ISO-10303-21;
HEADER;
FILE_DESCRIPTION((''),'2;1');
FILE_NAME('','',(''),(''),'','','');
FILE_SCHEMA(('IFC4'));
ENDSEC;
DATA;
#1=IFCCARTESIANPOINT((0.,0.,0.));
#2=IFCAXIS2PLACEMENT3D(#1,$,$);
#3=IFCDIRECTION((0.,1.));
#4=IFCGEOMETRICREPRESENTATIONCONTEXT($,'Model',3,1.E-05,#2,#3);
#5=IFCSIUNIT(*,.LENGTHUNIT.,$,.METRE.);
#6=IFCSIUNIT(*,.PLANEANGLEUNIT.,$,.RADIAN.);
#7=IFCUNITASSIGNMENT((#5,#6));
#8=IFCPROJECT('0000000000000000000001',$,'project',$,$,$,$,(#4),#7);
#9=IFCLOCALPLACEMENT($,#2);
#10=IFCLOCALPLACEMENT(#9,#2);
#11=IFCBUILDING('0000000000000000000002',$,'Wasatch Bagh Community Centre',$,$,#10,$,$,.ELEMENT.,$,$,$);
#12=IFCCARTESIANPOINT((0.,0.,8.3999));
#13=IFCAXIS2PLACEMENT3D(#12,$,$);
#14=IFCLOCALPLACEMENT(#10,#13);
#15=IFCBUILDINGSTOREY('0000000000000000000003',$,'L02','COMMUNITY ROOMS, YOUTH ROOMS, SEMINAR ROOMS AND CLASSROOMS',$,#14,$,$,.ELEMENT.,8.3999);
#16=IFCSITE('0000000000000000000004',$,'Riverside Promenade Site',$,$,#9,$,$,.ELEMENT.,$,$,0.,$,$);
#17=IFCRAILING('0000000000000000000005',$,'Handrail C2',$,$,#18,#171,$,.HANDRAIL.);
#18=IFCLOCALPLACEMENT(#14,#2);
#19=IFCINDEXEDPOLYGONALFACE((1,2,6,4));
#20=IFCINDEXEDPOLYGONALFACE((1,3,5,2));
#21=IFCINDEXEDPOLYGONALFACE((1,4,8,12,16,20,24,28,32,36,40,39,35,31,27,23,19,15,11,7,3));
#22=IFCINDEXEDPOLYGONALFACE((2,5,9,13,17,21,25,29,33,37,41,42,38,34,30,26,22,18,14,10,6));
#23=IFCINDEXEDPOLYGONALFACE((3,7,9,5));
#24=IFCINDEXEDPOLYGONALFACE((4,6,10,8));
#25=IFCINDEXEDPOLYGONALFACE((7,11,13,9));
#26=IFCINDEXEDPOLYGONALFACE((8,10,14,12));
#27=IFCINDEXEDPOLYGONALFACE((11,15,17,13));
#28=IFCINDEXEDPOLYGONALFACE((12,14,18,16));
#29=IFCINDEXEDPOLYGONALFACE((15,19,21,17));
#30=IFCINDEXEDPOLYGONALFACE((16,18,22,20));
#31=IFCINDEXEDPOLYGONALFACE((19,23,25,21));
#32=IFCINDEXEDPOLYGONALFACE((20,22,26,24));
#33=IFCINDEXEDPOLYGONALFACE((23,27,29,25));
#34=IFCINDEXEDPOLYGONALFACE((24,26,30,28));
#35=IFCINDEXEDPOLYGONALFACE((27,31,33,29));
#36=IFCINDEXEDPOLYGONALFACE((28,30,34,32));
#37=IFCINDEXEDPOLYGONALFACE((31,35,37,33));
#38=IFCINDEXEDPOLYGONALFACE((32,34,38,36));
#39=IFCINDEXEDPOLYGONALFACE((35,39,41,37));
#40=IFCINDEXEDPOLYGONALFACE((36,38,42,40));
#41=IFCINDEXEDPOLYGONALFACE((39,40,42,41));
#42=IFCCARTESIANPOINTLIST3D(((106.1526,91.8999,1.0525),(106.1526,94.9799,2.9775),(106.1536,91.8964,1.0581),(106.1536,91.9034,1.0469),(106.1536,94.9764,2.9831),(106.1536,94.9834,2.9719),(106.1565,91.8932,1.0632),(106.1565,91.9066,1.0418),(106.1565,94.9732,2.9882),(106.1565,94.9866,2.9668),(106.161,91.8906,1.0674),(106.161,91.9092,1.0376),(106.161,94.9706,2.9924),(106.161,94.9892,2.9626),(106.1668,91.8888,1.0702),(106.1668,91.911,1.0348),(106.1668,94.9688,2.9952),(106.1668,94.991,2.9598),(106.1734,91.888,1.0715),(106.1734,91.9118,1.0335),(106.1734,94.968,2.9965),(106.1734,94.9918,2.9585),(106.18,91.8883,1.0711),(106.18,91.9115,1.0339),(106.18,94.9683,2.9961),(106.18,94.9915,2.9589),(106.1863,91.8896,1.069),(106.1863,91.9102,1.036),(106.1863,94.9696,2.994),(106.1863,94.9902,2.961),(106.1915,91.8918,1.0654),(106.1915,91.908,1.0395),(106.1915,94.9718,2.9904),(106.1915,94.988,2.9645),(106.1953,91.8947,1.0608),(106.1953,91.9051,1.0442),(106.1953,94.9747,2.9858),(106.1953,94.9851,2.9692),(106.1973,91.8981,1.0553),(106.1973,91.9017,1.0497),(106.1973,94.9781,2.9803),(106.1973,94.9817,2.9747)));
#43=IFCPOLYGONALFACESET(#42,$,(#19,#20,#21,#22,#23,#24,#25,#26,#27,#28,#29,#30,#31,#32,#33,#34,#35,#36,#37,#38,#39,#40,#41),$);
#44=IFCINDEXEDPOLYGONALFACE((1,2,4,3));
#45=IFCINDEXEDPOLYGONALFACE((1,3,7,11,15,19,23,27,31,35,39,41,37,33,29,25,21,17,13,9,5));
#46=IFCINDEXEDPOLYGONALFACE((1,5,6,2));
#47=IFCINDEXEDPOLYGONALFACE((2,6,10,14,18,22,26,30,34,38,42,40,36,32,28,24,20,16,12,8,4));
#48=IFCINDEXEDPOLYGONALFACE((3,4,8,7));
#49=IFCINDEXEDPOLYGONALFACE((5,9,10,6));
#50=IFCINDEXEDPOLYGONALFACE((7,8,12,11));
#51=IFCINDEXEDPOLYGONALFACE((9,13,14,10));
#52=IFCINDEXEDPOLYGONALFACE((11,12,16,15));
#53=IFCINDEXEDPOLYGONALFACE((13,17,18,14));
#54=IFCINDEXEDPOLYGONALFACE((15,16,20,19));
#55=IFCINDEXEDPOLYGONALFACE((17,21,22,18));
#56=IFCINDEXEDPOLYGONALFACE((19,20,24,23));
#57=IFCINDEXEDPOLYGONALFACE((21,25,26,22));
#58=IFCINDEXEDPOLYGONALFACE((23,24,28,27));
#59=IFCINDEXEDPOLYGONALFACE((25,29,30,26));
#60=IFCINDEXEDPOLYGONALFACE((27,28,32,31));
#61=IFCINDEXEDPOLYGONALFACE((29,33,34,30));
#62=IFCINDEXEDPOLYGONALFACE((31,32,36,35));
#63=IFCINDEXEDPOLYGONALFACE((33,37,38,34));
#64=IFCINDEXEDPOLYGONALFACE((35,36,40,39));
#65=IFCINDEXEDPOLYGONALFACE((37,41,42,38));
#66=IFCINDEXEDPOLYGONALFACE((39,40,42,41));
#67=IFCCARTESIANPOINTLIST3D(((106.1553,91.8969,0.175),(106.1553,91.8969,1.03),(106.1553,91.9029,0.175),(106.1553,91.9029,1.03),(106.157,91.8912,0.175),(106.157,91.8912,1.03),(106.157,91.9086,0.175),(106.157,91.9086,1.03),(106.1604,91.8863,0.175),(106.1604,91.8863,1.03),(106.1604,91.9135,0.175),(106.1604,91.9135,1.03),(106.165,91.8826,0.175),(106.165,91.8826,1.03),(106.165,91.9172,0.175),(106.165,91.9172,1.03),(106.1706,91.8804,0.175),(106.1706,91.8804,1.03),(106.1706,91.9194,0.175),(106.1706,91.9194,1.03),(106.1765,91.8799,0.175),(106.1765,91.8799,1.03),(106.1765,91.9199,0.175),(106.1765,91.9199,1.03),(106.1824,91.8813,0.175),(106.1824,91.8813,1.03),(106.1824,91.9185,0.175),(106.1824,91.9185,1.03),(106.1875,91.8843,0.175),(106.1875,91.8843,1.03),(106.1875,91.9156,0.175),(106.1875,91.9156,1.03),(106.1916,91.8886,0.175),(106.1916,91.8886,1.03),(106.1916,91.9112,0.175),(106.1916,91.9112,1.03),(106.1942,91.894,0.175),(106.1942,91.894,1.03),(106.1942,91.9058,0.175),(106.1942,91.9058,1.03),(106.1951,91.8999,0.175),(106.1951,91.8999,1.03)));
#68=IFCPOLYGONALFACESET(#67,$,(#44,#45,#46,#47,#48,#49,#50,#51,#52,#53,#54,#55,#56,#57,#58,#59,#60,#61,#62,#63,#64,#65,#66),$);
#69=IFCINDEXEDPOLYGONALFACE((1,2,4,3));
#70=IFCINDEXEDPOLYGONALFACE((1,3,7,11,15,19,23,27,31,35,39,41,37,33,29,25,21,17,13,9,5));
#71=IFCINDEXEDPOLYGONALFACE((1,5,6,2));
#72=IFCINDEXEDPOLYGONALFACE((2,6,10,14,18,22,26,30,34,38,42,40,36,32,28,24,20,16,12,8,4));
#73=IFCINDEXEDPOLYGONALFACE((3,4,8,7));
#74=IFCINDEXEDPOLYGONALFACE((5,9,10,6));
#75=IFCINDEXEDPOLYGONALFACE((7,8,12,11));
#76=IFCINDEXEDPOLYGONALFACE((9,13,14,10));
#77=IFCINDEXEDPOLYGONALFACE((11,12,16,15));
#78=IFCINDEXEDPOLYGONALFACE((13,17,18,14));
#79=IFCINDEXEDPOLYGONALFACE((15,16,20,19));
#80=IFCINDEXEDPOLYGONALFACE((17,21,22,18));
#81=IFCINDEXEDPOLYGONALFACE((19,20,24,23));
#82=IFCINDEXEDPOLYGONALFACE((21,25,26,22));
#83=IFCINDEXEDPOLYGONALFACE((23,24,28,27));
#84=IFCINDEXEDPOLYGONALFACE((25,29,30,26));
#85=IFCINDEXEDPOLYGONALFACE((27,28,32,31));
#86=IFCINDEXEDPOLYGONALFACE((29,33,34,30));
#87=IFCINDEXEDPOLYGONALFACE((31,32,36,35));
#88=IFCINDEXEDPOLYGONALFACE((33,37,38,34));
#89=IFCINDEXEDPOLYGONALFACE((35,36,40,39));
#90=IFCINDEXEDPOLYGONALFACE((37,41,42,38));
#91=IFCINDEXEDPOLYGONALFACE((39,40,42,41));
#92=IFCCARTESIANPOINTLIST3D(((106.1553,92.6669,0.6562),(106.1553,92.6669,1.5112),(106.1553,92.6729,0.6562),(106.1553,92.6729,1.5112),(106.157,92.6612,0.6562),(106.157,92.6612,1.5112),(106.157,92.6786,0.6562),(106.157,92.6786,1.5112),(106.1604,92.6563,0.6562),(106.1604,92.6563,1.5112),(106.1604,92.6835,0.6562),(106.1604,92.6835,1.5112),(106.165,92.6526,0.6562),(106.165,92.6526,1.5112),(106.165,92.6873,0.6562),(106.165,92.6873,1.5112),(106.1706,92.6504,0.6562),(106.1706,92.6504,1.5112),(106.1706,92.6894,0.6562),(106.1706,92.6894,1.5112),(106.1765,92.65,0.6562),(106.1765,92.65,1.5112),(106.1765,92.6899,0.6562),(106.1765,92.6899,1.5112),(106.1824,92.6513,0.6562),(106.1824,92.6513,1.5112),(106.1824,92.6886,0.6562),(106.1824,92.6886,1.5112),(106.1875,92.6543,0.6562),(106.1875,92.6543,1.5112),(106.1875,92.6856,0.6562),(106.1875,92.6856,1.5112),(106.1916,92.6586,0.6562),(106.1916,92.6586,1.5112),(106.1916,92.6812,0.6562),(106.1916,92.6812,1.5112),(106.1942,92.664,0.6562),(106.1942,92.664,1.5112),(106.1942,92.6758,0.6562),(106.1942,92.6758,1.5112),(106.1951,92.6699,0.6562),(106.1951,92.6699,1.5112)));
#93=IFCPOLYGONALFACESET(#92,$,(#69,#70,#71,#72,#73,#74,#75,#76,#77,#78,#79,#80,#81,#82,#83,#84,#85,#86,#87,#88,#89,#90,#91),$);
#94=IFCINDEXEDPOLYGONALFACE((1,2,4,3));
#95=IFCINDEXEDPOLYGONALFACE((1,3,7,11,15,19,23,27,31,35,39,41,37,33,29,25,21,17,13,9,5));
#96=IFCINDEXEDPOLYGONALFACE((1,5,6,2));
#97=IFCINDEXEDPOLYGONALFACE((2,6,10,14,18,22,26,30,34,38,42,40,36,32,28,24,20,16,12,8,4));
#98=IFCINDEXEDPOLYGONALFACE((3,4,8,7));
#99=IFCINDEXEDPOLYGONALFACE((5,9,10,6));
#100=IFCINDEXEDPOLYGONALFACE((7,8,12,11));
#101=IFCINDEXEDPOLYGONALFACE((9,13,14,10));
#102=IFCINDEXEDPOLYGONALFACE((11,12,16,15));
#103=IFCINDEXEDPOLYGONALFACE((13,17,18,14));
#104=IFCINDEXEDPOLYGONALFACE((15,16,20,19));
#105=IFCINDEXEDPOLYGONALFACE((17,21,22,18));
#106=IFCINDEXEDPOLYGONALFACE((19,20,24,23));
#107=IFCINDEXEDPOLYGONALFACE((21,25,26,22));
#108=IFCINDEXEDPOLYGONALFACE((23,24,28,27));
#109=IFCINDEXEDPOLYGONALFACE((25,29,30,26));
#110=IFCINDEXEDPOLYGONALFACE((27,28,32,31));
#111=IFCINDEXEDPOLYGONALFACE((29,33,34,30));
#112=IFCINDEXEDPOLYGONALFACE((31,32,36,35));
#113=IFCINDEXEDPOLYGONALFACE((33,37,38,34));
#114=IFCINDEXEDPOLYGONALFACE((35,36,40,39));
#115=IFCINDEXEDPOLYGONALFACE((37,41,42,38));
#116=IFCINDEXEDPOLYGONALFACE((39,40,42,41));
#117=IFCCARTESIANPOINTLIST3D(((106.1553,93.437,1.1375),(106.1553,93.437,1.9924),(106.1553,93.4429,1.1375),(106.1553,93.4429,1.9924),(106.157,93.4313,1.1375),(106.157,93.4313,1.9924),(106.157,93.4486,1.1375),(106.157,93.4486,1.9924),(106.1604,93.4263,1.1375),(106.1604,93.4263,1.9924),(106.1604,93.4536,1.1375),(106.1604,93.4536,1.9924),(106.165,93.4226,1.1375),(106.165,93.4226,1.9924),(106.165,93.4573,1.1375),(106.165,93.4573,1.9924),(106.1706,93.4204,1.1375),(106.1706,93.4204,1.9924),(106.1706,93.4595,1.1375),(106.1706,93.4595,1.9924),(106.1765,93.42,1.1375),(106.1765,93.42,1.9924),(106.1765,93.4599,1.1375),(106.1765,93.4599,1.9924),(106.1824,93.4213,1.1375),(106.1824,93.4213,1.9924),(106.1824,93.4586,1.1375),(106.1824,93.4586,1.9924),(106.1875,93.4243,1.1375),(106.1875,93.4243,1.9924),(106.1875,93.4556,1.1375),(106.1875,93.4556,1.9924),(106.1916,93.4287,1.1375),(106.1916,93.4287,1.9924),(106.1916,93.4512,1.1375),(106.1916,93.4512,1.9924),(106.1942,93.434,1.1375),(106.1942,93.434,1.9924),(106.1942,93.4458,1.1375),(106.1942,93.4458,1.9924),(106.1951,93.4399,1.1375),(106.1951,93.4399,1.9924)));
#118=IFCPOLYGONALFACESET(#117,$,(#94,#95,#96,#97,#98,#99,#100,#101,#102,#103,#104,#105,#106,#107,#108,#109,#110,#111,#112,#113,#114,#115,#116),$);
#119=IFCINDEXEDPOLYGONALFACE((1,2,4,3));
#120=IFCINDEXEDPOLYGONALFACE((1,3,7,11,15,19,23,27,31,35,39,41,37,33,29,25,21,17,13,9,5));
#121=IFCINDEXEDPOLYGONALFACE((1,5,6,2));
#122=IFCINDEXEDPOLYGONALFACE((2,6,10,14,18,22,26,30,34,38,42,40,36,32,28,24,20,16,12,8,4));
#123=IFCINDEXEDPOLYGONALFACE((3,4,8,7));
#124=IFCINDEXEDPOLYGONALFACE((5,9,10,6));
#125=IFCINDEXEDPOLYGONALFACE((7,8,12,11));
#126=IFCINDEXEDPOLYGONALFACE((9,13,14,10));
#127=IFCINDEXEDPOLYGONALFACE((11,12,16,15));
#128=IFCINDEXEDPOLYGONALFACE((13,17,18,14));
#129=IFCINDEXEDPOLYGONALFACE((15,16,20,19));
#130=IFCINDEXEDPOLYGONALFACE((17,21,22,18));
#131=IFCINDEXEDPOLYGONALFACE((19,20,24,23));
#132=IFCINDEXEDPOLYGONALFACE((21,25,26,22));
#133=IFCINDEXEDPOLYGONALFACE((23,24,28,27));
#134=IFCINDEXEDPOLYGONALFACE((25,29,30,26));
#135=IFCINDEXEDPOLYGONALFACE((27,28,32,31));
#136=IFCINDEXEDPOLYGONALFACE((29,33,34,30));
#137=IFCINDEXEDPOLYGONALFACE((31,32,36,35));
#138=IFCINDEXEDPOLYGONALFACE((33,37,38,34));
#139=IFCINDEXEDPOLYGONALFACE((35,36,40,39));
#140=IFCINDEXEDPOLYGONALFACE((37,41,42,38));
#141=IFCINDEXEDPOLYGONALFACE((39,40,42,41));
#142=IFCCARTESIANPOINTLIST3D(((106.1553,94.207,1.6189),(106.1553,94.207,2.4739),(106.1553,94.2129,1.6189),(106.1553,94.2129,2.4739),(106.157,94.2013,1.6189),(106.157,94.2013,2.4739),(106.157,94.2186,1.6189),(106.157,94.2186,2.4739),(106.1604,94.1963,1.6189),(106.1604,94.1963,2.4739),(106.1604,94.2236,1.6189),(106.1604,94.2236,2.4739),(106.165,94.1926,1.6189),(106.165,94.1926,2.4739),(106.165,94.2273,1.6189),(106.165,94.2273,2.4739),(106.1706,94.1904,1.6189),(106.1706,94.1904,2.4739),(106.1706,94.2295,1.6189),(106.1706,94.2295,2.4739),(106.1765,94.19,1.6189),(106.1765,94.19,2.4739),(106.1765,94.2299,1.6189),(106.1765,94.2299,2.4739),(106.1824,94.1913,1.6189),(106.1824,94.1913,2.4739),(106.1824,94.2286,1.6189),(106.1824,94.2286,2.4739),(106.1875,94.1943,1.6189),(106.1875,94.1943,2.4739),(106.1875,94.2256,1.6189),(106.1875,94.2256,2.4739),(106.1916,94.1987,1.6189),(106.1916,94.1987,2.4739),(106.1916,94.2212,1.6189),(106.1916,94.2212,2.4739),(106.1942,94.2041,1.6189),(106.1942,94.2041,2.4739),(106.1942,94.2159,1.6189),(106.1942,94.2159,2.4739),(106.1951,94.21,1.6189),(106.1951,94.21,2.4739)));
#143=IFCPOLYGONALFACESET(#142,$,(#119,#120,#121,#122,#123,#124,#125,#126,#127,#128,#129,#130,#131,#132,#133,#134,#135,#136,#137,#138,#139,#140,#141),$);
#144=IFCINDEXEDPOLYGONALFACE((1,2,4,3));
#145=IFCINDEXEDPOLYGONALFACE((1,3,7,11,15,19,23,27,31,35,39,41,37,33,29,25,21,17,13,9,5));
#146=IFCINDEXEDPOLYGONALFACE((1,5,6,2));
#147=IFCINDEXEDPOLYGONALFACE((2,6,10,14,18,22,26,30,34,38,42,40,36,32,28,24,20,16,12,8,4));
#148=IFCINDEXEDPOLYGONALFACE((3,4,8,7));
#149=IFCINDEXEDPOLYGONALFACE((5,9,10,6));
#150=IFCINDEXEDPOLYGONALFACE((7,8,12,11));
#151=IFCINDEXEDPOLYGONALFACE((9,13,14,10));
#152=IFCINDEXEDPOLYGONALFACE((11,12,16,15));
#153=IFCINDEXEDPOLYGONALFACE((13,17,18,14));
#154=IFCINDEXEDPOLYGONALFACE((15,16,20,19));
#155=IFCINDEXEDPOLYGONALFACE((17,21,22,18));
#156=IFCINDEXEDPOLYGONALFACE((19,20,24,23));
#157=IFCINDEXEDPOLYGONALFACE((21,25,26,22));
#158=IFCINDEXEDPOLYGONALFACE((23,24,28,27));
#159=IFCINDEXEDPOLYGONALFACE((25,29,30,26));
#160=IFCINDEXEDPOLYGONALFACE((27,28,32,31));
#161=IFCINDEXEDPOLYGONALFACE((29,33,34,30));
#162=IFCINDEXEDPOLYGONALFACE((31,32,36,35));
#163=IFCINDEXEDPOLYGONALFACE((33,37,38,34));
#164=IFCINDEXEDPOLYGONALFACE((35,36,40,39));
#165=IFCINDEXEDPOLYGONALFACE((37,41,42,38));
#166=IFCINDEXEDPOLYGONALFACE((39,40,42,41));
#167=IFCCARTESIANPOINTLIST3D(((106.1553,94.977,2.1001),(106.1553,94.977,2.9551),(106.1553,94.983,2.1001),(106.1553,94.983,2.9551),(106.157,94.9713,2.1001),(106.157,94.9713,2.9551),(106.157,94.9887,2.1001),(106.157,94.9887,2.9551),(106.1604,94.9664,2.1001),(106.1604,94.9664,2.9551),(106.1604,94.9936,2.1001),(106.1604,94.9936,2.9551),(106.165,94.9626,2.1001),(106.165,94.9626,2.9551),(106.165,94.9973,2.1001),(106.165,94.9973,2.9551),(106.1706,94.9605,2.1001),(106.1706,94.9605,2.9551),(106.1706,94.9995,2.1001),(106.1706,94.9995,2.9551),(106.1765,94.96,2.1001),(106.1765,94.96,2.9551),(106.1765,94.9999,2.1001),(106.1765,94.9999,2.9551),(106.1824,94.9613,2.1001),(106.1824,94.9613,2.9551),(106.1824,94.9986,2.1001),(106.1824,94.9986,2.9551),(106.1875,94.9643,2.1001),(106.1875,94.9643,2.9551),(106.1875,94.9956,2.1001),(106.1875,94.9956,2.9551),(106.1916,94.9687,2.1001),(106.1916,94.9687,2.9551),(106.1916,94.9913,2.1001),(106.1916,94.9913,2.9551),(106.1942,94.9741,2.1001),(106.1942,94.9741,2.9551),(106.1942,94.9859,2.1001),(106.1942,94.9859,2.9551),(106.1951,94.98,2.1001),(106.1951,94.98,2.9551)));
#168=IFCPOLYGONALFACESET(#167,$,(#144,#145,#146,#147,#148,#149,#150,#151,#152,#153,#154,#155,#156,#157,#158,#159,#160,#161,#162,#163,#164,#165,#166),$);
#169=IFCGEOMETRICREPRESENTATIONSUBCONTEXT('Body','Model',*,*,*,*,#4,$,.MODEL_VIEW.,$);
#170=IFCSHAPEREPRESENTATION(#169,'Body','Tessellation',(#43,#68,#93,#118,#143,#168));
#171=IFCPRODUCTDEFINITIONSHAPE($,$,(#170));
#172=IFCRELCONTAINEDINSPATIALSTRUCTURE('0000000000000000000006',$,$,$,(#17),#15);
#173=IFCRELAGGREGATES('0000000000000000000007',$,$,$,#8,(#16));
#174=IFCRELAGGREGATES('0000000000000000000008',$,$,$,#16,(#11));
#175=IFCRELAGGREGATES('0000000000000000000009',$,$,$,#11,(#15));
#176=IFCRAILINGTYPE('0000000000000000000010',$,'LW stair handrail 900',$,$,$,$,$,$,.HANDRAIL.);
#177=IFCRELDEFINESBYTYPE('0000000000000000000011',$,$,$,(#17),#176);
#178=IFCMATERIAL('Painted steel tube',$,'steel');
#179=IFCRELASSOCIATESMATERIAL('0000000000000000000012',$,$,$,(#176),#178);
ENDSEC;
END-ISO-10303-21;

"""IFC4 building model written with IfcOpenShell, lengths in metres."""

from ifc_helpers import new_model, si_unit, direction, frame, origin, origin_2d, place, context, subcontext, project, spatial, circle, extrude, material, type_object, element, save


model = new_model("IFC4")

# Units and contexts
model_context = context("Model", 3, precision=1e-05, world=origin(), true_north=direction((0.0, 1.0)))
body_context = subcontext(model_context, "Body", "Model", "MODEL_VIEW")
ifc_project = project(units=[si_unit("LENGTHUNIT", "METRE"), si_unit("PLANEANGLEUNIT", "RADIAN")], contexts=[model_context])

# Site, building, storey
site_placement = place(None, origin())
site = spatial("IfcSite", under=ifc_project, at=site_placement, Name="Riverside Promenade Site", CompositionType="ELEMENT", RefElevation=0.0)
building_placement = place(site_placement, origin())
building = spatial("IfcBuilding", under=site, at=building_placement, Name="Wasatch Bagh Community Centre", CompositionType="ELEMENT")
storey_placement = place(building_placement, frame((0.0, 0.0, 8.3999)))
storey = spatial("IfcBuildingStorey", under=building, at=storey_placement, Name="L02", Description="COMMUNITY ROOMS, YOUTH ROOMS, SEMINAR ROOMS AND CLASSROOMS", CompositionType="ELEMENT", Elevation=8.3999)

# Railing
ifc_material_1 = material(Name="Painted steel tube", Category="steel")
railing_type_1 = type_object("IfcRailingType", Name="LW stair handrail 900", PredefinedType="HANDRAIL", material=ifc_material_1)
railing_1_placement = place(storey_placement, frame((106.175, 91.8999, 0.175)))
element("IfcRailing", 1, at=railing_1_placement, inside=storey, type_object=railing_type_1, Name="Handrail C2", PredefinedType="HANDRAIL", context=body_context, shape_type="SweptSolid", body=[
    extrude(circle(Radius=0.0225, at=origin_2d()), frame((0.0, 0.0, 0.8774), z_axis=(0.0, 0.847998, 0.529999), x_axis=(-1.0, 0.0, 0.0)), (0.0, 0.0, 1.0), 3.6321),
    extrude(circle(Radius=0.02, at=origin_2d()), origin(), (0.0, 0.0, 1.0), 0.855),
    extrude(circle(Radius=0.02, at=origin_2d()), frame((0.0, 0.77, 0.4812)), (0.0, 0.0, 1.0), 0.855),
    extrude(circle(Radius=0.02, at=origin_2d()), frame((0.0, 1.54, 0.9624)), (0.0, 0.0, 1.0), 0.855),
    extrude(circle(Radius=0.02, at=origin_2d()), frame((0.0, 2.3101, 1.4438)), (0.0, 0.0, 1.0), 0.855),
    extrude(circle(Radius=0.02, at=origin_2d()), frame((0.0, 3.0801, 1.925)), (0.0, 0.0, 1.0), 0.855),
])

save(model, "model.ifc")
